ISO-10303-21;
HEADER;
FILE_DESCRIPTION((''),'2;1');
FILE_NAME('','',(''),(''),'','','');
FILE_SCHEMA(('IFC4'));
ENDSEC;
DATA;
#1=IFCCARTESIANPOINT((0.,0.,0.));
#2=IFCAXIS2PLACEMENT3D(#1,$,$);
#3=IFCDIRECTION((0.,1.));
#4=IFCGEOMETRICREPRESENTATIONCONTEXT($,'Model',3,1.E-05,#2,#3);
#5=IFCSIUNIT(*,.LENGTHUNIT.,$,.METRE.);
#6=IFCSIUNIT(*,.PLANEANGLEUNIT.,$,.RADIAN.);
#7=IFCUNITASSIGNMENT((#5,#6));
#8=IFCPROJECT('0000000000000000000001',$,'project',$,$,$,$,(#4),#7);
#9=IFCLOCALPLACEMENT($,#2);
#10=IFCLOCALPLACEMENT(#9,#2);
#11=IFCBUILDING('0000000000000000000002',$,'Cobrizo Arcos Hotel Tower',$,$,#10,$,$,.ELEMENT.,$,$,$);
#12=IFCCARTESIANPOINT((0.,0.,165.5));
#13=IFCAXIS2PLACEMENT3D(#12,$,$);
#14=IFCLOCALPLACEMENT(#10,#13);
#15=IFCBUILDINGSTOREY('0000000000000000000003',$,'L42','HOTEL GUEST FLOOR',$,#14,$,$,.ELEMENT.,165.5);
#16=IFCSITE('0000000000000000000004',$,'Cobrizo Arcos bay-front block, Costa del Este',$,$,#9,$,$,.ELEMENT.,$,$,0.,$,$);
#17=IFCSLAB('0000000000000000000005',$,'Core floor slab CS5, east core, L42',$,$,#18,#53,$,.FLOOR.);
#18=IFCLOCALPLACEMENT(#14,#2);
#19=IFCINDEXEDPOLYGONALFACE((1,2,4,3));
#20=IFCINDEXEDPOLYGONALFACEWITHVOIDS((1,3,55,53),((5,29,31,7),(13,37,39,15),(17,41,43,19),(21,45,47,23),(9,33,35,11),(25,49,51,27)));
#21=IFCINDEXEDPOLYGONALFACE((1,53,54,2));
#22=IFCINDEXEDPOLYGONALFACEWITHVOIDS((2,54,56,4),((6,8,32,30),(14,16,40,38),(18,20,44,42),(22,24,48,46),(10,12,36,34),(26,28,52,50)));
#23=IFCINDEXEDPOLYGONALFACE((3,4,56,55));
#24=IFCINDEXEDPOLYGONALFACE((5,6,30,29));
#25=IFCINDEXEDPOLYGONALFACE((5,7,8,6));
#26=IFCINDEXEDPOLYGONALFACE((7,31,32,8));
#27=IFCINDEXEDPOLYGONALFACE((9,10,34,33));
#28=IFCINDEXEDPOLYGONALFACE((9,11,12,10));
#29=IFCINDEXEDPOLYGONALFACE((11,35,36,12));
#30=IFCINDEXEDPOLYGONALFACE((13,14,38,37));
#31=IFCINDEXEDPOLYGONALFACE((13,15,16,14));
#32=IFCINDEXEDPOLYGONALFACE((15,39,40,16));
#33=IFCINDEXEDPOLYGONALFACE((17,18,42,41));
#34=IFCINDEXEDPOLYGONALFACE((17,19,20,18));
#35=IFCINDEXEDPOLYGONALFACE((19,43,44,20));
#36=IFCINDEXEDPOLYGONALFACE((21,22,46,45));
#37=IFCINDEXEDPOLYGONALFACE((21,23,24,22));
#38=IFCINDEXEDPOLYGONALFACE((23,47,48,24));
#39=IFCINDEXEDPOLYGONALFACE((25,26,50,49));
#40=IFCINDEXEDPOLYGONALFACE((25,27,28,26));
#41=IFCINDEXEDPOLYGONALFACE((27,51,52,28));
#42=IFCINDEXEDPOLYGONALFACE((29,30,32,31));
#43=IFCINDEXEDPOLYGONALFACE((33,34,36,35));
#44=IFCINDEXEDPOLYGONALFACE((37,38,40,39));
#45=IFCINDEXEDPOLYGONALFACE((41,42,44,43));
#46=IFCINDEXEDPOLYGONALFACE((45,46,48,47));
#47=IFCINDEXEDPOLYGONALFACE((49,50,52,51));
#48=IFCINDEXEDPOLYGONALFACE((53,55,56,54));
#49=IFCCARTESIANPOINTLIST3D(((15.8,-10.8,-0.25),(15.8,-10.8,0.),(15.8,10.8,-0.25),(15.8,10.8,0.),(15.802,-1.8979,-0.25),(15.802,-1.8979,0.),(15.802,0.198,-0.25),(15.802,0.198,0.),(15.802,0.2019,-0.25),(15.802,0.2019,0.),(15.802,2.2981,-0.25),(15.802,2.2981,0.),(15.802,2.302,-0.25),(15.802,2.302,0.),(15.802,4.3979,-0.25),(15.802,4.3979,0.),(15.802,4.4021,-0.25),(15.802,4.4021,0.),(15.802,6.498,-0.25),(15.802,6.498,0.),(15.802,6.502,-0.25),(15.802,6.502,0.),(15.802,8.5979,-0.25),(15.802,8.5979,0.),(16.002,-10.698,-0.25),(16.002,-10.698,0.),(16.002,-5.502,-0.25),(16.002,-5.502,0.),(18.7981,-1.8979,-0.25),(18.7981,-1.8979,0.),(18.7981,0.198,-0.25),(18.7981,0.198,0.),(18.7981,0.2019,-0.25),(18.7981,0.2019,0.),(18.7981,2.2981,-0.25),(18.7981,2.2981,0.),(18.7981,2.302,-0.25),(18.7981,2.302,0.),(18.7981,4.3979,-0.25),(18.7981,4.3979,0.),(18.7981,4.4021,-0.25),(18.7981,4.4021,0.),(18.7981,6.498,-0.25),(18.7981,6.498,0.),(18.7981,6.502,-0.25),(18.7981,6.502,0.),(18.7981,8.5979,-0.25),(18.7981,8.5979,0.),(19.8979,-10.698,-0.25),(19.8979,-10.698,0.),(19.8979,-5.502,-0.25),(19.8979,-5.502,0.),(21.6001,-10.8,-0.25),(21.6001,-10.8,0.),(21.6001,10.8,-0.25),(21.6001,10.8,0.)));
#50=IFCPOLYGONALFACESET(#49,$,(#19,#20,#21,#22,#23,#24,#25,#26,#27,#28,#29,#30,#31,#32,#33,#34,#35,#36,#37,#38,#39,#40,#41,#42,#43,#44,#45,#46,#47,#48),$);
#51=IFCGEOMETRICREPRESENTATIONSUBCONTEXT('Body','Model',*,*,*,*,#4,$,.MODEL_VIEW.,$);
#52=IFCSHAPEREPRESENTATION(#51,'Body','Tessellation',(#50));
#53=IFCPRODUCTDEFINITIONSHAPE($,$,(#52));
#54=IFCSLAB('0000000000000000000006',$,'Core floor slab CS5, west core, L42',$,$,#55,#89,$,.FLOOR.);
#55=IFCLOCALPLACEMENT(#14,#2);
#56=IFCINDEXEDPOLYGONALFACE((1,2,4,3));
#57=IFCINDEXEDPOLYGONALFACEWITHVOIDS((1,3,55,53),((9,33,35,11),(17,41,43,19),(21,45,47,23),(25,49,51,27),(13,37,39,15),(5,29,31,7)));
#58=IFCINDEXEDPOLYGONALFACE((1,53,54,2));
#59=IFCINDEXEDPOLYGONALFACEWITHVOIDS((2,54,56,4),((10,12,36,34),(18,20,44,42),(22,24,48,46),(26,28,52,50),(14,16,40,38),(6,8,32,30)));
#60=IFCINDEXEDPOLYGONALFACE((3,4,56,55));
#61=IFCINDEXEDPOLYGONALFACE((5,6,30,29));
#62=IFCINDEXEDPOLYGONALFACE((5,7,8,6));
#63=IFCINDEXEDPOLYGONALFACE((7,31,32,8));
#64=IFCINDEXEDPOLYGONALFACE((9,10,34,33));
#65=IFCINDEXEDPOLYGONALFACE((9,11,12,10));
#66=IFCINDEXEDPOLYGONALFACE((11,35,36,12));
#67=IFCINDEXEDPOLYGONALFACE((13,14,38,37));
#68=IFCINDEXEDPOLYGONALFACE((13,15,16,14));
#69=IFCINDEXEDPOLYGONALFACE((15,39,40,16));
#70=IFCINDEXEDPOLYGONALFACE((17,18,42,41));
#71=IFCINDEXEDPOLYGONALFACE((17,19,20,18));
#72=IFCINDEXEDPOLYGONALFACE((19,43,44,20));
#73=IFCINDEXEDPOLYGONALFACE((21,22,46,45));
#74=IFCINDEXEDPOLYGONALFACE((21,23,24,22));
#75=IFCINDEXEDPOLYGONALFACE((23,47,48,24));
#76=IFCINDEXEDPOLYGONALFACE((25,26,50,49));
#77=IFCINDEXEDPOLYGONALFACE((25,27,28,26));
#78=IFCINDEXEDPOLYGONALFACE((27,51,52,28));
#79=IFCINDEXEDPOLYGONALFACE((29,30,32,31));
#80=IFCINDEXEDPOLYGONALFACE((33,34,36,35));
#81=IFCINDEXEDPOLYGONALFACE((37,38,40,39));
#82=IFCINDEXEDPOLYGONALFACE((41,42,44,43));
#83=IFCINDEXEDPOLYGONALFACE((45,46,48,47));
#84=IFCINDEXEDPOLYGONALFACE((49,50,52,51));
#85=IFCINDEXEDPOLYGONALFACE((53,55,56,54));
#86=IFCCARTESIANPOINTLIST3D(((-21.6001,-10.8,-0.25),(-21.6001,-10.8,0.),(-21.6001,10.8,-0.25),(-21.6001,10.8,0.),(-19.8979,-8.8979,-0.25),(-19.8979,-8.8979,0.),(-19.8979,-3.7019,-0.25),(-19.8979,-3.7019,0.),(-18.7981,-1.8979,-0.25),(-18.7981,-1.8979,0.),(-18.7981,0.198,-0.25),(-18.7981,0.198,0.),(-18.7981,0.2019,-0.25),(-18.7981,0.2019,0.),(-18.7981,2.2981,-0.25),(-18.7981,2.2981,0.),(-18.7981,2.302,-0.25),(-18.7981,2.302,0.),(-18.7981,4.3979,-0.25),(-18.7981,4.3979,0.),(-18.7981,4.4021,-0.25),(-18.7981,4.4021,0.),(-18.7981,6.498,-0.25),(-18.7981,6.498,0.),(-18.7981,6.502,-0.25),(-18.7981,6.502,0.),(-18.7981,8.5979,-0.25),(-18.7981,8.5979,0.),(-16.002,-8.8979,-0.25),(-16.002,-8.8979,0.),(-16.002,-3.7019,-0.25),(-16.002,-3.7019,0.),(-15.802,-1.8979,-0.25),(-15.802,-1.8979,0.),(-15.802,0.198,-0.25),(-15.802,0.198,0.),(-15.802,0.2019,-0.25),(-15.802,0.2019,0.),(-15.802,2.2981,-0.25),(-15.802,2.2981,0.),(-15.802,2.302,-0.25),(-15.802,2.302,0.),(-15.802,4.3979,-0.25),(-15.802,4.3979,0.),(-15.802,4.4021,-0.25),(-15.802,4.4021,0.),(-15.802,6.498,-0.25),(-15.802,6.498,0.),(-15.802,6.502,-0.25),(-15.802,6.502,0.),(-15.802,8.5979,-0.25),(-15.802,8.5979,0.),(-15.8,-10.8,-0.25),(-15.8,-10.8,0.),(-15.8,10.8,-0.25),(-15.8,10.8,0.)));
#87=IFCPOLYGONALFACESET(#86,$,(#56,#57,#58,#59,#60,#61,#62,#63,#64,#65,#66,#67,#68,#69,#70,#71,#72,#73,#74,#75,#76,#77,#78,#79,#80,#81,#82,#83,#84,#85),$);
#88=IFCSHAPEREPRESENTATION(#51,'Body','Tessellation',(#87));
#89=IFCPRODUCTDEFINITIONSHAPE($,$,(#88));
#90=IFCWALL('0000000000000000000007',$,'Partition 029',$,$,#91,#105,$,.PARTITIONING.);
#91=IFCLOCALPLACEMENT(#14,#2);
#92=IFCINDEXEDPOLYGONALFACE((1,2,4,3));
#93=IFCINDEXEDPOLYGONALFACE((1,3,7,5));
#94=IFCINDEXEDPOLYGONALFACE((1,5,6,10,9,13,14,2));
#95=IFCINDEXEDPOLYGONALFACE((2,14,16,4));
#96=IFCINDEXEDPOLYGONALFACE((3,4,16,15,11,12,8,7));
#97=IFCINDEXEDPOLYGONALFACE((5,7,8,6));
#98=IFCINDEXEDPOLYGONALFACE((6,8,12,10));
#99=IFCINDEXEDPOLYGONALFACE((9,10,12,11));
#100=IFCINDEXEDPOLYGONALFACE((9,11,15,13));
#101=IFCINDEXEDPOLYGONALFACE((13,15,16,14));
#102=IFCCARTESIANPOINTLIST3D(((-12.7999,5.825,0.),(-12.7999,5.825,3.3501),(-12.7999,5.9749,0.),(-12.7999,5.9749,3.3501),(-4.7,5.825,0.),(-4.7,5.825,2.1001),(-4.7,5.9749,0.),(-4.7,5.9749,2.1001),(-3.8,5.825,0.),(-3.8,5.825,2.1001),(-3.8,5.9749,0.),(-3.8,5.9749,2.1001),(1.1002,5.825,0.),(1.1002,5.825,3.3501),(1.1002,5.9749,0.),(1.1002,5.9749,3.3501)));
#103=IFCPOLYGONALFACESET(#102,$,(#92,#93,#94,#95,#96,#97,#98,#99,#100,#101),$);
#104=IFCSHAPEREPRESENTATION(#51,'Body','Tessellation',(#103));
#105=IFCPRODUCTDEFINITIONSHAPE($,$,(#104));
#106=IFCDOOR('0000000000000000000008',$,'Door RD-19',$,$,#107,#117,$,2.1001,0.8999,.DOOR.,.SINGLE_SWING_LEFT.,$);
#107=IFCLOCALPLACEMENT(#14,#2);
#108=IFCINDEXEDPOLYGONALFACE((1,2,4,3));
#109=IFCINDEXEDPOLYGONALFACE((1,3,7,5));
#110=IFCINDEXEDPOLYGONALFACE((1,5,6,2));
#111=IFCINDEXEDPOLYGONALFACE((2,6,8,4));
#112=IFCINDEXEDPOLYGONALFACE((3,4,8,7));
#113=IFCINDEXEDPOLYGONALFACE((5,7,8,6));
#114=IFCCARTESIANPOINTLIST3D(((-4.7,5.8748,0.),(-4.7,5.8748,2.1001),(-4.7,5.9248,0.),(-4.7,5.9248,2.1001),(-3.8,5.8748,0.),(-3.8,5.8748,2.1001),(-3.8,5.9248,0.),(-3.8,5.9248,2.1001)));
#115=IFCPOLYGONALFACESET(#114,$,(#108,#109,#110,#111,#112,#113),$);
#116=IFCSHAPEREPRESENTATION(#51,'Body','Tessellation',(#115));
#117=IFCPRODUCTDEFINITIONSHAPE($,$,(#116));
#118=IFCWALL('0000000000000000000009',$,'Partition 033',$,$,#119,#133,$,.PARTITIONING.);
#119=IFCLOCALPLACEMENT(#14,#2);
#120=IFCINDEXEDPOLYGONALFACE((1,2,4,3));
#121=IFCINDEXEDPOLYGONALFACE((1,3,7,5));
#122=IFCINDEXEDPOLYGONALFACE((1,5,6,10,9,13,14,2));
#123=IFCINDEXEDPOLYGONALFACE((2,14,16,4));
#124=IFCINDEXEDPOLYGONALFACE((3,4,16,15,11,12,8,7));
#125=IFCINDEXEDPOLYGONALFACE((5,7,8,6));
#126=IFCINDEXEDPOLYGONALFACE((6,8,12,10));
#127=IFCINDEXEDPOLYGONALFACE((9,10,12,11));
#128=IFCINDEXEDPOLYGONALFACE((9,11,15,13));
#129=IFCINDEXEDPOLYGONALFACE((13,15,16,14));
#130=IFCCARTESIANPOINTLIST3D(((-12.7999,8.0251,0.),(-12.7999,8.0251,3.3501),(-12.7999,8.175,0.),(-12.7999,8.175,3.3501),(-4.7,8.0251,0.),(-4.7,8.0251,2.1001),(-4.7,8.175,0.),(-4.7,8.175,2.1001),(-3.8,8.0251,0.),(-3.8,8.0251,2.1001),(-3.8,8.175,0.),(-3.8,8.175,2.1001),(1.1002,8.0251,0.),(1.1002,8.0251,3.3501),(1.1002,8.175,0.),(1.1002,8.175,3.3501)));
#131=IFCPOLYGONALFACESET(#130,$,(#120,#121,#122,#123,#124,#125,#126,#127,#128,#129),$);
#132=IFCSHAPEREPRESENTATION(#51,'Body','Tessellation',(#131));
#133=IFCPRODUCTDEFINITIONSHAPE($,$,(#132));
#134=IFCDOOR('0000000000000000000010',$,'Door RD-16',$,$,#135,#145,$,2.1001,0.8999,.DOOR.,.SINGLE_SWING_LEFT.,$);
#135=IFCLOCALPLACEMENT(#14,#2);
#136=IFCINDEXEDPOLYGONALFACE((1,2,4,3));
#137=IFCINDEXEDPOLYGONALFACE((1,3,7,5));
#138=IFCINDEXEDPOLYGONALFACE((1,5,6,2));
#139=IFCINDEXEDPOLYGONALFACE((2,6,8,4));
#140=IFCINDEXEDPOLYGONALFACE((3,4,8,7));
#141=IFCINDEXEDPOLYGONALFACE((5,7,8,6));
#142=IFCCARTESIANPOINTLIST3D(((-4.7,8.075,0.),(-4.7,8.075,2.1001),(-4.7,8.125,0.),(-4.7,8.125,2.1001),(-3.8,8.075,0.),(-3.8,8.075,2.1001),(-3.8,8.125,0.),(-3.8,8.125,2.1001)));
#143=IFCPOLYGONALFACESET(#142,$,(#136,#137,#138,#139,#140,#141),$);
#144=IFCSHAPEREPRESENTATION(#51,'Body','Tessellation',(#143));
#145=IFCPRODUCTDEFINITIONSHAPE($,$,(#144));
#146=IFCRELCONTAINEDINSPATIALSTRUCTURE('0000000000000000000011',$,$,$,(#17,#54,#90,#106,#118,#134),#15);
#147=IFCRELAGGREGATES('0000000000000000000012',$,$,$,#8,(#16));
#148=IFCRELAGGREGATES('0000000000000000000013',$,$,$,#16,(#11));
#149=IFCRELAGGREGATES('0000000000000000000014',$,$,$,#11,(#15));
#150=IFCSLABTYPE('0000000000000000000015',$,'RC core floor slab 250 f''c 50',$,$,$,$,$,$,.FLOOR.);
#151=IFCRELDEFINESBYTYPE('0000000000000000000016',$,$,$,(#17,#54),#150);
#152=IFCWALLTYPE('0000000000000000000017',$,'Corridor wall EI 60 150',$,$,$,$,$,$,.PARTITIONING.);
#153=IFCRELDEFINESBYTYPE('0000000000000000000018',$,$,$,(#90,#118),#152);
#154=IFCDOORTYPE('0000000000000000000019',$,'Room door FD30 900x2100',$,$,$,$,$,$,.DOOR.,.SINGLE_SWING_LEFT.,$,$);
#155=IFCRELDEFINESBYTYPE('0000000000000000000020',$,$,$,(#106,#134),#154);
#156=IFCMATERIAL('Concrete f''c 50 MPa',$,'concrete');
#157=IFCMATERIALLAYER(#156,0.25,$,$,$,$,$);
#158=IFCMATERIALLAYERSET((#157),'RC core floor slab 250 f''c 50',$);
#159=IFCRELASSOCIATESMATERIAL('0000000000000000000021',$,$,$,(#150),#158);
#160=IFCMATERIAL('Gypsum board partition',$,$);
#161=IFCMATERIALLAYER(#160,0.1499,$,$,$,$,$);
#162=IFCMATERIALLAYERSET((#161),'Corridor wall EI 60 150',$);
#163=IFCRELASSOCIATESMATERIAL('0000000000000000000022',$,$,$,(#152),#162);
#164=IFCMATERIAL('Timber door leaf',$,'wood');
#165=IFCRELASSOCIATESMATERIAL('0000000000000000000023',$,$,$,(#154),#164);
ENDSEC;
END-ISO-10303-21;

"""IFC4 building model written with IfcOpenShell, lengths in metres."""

from ifc_helpers import new_model, si_unit, direction, frame, frame_2d, origin, place, context, subcontext, project, spatial, polyline, rectangle, outline, extrude, material, layer, layer_set, type_object, element, fill, save


model = new_model("IFC4")

# Units and contexts
model_context = context("Model", 3, precision=1e-05, world=origin(), true_north=direction((0.0, 1.0)))
body_context = subcontext(model_context, "Body", "Model", "MODEL_VIEW")
ifc_project = project(units=[si_unit("LENGTHUNIT", "METRE"), si_unit("PLANEANGLEUNIT", "RADIAN")], contexts=[model_context])

# Site, building, storey
site_placement = place(None, origin())
site = spatial("IfcSite", under=ifc_project, at=site_placement, Name="Cobrizo Arcos bay-front block, Costa del Este", CompositionType="ELEMENT", RefElevation=0.0)
building_placement = place(site_placement, origin())
building = spatial("IfcBuilding", under=site, at=building_placement, Name="Cobrizo Arcos Hotel Tower", CompositionType="ELEMENT")
storey_placement = place(building_placement, frame((0.0, 0.0, 165.5)))
storey = spatial("IfcBuildingStorey", under=building, at=storey_placement, Name="L42", Description="HOTEL GUEST FLOOR", CompositionType="ELEMENT", Elevation=165.5)

# Slabs
ifc_material_1 = material(Name="Concrete f'c 50 MPa", Category="concrete")
ifc_layer_1 = layer(ifc_material_1, 0.25)
ifc_layer_set_1 = layer_set([ifc_layer_1], Name="RC core floor slab 250 f'c 50")
slab_type_1 = type_object("IfcSlabType", Name="RC core floor slab 250 f'c 50", PredefinedType="FLOOR", material=ifc_layer_set_1)
slab_1_placement = place(storey_placement, frame((0.0, 0.0, -0.25)))
element("IfcSlab", 1, at=slab_1_placement, inside=storey, type_object=slab_type_1, Name="Core floor slab CS5, east core, L42", PredefinedType="FLOOR", context=body_context, shape_type="SweptSolid", body=[
    extrude(outline(polyline([(15.8, 10.8), (21.6001, 10.8), (21.6001, -10.8), (15.8, -10.8), (15.8, 10.8)]), holes=[polyline([(19.8979, -10.698), (19.8979, -5.502), (16.002, -5.502), (16.002, -10.698), (19.8979, -10.698)]), polyline([(15.802, 0.198), (15.802, -1.8979), (18.7981, -1.8979), (18.7981, 0.198), (15.802, 0.198)]), polyline([(15.802, 2.2981), (15.802, 0.2019), (18.7981, 0.2019), (18.7981, 2.2981), (15.802, 2.2981)]), polyline([(15.802, 4.3979), (15.802, 2.302), (18.7981, 2.302), (18.7981, 4.3979), (15.802, 4.3979)]), polyline([(18.7981, 6.498), (15.802, 6.498), (15.802, 4.4021), (18.7981, 4.4021), (18.7981, 6.498)]), polyline([(18.7981, 8.5979), (15.802, 8.5979), (15.802, 6.502), (18.7981, 6.502), (18.7981, 8.5979)])]), origin(), (0.0, 0.0, 1.0), 0.25),
])
slab_2_placement = place(storey_placement, frame((0.0, 0.0, -0.25)))
element("IfcSlab", 2, at=slab_2_placement, inside=storey, type_object=slab_type_1, Name="Core floor slab CS5, west core, L42", PredefinedType="FLOOR", context=body_context, shape_type="SweptSolid", body=[
    extrude(outline(polyline([(-21.6001, 10.8), (-15.8, 10.8), (-15.8, -10.8), (-21.6001, -10.8), (-21.6001, 10.8)]), holes=[polyline([(-19.8979, -3.7019), (-19.8979, -8.8979), (-16.002, -8.8979), (-16.002, -3.7019), (-19.8979, -3.7019)]), polyline([(-18.7981, 0.198), (-18.7981, -1.8979), (-15.802, -1.8979), (-15.802, 0.198), (-18.7981, 0.198)]), polyline([(-18.7981, 2.2981), (-18.7981, 0.2019), (-15.802, 0.2019), (-15.802, 2.2981), (-18.7981, 2.2981)]), polyline([(-18.7981, 4.3979), (-18.7981, 2.302), (-15.802, 2.302), (-15.802, 4.3979), (-18.7981, 4.3979)]), polyline([(-15.802, 6.498), (-18.7981, 6.498), (-18.7981, 4.4021), (-15.802, 4.4021), (-15.802, 6.498)]), polyline([(-15.802, 8.5979), (-18.7981, 8.5979), (-18.7981, 6.502), (-15.802, 6.502), (-15.802, 8.5979)])]), origin(), (0.0, 0.0, 1.0), 0.25),
])

# Walls, openings, doors
ifc_material_2 = material(Name="Gypsum board partition")
ifc_layer_2 = layer(ifc_material_2, 0.1499)
ifc_layer_set_2 = layer_set([ifc_layer_2], Name="Corridor wall EI 60 150")
wall_type_1 = type_object("IfcWallType", Name="Corridor wall EI 60 150", PredefinedType="PARTITIONING", material=ifc_layer_set_2)
wall_1_placement = place(storey_placement, frame((-12.8, 5.8999, 0.0), z_axis=(0.0, 0.0, 1.0), x_axis=(1.0, 0.0, 0.0)))
wall_1 = element("IfcWall", 3, at=wall_1_placement, inside=storey, type_object=wall_type_1, Name="Partition 029", PredefinedType="PARTITIONING", context=body_context, shape_type="SweptSolid", body=[
    extrude(rectangle(XDim=13.9001, YDim=0.1499, at=frame_2d((6.9502, 0.0))), origin(), (0.0, 0.0, 1.0), 3.3501),
])
opening_1_placement = place(wall_1_placement, frame((8.1001, 0.0, 0.0)))
opening_1 = element("IfcOpeningElement", 4, at=opening_1_placement, cuts=wall_1, PredefinedType="OPENING", context=body_context, shape_type="SweptSolid", body=[
    extrude(rectangle(XDim=0.8999, YDim=2.1001, at=frame_2d((0.45, 1.05))), frame((0.0, 0.0869, 0.0), z_axis=(0.0, -1.0, 0.0), x_axis=(1.0, 0.0, 0.0)), (0.0, 0.0, 1.0), 0.1738),
])
ifc_material_3 = material(Name="Timber door leaf", Category="wood")
door_type_1 = type_object("IfcDoorType", Name="Room door FD30 900x2100", OperationType="SINGLE_SWING_LEFT", PredefinedType="DOOR", material=ifc_material_3)
door_1_placement = place(opening_1_placement, origin())
door_1 = element("IfcDoor", 5, at=door_1_placement, inside=storey, type_object=door_type_1, Name="Door RD-19", OperationType="SINGLE_SWING_LEFT", OverallHeight=2.1001, OverallWidth=0.8999, PredefinedType="DOOR", context=body_context, shape_type="SweptSolid", body=[
    extrude(rectangle(XDim=0.8999, YDim=2.1001, at=frame_2d((0.45, 1.05))), frame((0.0, 0.0249, 0.0), z_axis=(0.0, -1.0, 0.0), x_axis=(1.0, 0.0, 0.0)), (0.0, 0.0, 1.0), 0.05),
])
fill(opening_1, door_1)
wall_2_placement = place(storey_placement, frame((-12.8, 8.1001, 0.0), z_axis=(0.0, 0.0, 1.0), x_axis=(1.0, 0.0, 0.0)))
wall_2 = element("IfcWall", 6, at=wall_2_placement, inside=storey, type_object=wall_type_1, Name="Partition 033", PredefinedType="PARTITIONING", context=body_context, shape_type="SweptSolid", body=[
    extrude(rectangle(XDim=13.9001, YDim=0.1499, at=frame_2d((6.9502, 0.0))), origin(), (0.0, 0.0, 1.0), 3.3501),
])
opening_2_placement = place(wall_2_placement, frame((8.1001, 0.0, 0.0)))
opening_2 = element("IfcOpeningElement", 7, at=opening_2_placement, cuts=wall_2, PredefinedType="OPENING", context=body_context, shape_type="SweptSolid", body=[
    extrude(rectangle(XDim=0.8999, YDim=2.1001, at=frame_2d((0.45, 1.05))), frame((0.0, 0.0869, 0.0), z_axis=(0.0, -1.0, 0.0), x_axis=(1.0, 0.0, 0.0)), (0.0, 0.0, 1.0), 0.1738),
])
door_2_placement = place(opening_2_placement, origin())
door_2 = element("IfcDoor", 8, at=door_2_placement, inside=storey, type_object=door_type_1, Name="Door RD-16", OperationType="SINGLE_SWING_LEFT", OverallHeight=2.1001, OverallWidth=0.8999, PredefinedType="DOOR", context=body_context, shape_type="SweptSolid", body=[
    extrude(rectangle(XDim=0.8999, YDim=2.1001, at=frame_2d((0.45, 1.05))), frame((0.0, 0.0249, 0.0), z_axis=(0.0, -1.0, 0.0), x_axis=(1.0, 0.0, 0.0)), (0.0, 0.0, 1.0), 0.05),
])
fill(opening_2, door_2)

save(model, "model.ifc")
